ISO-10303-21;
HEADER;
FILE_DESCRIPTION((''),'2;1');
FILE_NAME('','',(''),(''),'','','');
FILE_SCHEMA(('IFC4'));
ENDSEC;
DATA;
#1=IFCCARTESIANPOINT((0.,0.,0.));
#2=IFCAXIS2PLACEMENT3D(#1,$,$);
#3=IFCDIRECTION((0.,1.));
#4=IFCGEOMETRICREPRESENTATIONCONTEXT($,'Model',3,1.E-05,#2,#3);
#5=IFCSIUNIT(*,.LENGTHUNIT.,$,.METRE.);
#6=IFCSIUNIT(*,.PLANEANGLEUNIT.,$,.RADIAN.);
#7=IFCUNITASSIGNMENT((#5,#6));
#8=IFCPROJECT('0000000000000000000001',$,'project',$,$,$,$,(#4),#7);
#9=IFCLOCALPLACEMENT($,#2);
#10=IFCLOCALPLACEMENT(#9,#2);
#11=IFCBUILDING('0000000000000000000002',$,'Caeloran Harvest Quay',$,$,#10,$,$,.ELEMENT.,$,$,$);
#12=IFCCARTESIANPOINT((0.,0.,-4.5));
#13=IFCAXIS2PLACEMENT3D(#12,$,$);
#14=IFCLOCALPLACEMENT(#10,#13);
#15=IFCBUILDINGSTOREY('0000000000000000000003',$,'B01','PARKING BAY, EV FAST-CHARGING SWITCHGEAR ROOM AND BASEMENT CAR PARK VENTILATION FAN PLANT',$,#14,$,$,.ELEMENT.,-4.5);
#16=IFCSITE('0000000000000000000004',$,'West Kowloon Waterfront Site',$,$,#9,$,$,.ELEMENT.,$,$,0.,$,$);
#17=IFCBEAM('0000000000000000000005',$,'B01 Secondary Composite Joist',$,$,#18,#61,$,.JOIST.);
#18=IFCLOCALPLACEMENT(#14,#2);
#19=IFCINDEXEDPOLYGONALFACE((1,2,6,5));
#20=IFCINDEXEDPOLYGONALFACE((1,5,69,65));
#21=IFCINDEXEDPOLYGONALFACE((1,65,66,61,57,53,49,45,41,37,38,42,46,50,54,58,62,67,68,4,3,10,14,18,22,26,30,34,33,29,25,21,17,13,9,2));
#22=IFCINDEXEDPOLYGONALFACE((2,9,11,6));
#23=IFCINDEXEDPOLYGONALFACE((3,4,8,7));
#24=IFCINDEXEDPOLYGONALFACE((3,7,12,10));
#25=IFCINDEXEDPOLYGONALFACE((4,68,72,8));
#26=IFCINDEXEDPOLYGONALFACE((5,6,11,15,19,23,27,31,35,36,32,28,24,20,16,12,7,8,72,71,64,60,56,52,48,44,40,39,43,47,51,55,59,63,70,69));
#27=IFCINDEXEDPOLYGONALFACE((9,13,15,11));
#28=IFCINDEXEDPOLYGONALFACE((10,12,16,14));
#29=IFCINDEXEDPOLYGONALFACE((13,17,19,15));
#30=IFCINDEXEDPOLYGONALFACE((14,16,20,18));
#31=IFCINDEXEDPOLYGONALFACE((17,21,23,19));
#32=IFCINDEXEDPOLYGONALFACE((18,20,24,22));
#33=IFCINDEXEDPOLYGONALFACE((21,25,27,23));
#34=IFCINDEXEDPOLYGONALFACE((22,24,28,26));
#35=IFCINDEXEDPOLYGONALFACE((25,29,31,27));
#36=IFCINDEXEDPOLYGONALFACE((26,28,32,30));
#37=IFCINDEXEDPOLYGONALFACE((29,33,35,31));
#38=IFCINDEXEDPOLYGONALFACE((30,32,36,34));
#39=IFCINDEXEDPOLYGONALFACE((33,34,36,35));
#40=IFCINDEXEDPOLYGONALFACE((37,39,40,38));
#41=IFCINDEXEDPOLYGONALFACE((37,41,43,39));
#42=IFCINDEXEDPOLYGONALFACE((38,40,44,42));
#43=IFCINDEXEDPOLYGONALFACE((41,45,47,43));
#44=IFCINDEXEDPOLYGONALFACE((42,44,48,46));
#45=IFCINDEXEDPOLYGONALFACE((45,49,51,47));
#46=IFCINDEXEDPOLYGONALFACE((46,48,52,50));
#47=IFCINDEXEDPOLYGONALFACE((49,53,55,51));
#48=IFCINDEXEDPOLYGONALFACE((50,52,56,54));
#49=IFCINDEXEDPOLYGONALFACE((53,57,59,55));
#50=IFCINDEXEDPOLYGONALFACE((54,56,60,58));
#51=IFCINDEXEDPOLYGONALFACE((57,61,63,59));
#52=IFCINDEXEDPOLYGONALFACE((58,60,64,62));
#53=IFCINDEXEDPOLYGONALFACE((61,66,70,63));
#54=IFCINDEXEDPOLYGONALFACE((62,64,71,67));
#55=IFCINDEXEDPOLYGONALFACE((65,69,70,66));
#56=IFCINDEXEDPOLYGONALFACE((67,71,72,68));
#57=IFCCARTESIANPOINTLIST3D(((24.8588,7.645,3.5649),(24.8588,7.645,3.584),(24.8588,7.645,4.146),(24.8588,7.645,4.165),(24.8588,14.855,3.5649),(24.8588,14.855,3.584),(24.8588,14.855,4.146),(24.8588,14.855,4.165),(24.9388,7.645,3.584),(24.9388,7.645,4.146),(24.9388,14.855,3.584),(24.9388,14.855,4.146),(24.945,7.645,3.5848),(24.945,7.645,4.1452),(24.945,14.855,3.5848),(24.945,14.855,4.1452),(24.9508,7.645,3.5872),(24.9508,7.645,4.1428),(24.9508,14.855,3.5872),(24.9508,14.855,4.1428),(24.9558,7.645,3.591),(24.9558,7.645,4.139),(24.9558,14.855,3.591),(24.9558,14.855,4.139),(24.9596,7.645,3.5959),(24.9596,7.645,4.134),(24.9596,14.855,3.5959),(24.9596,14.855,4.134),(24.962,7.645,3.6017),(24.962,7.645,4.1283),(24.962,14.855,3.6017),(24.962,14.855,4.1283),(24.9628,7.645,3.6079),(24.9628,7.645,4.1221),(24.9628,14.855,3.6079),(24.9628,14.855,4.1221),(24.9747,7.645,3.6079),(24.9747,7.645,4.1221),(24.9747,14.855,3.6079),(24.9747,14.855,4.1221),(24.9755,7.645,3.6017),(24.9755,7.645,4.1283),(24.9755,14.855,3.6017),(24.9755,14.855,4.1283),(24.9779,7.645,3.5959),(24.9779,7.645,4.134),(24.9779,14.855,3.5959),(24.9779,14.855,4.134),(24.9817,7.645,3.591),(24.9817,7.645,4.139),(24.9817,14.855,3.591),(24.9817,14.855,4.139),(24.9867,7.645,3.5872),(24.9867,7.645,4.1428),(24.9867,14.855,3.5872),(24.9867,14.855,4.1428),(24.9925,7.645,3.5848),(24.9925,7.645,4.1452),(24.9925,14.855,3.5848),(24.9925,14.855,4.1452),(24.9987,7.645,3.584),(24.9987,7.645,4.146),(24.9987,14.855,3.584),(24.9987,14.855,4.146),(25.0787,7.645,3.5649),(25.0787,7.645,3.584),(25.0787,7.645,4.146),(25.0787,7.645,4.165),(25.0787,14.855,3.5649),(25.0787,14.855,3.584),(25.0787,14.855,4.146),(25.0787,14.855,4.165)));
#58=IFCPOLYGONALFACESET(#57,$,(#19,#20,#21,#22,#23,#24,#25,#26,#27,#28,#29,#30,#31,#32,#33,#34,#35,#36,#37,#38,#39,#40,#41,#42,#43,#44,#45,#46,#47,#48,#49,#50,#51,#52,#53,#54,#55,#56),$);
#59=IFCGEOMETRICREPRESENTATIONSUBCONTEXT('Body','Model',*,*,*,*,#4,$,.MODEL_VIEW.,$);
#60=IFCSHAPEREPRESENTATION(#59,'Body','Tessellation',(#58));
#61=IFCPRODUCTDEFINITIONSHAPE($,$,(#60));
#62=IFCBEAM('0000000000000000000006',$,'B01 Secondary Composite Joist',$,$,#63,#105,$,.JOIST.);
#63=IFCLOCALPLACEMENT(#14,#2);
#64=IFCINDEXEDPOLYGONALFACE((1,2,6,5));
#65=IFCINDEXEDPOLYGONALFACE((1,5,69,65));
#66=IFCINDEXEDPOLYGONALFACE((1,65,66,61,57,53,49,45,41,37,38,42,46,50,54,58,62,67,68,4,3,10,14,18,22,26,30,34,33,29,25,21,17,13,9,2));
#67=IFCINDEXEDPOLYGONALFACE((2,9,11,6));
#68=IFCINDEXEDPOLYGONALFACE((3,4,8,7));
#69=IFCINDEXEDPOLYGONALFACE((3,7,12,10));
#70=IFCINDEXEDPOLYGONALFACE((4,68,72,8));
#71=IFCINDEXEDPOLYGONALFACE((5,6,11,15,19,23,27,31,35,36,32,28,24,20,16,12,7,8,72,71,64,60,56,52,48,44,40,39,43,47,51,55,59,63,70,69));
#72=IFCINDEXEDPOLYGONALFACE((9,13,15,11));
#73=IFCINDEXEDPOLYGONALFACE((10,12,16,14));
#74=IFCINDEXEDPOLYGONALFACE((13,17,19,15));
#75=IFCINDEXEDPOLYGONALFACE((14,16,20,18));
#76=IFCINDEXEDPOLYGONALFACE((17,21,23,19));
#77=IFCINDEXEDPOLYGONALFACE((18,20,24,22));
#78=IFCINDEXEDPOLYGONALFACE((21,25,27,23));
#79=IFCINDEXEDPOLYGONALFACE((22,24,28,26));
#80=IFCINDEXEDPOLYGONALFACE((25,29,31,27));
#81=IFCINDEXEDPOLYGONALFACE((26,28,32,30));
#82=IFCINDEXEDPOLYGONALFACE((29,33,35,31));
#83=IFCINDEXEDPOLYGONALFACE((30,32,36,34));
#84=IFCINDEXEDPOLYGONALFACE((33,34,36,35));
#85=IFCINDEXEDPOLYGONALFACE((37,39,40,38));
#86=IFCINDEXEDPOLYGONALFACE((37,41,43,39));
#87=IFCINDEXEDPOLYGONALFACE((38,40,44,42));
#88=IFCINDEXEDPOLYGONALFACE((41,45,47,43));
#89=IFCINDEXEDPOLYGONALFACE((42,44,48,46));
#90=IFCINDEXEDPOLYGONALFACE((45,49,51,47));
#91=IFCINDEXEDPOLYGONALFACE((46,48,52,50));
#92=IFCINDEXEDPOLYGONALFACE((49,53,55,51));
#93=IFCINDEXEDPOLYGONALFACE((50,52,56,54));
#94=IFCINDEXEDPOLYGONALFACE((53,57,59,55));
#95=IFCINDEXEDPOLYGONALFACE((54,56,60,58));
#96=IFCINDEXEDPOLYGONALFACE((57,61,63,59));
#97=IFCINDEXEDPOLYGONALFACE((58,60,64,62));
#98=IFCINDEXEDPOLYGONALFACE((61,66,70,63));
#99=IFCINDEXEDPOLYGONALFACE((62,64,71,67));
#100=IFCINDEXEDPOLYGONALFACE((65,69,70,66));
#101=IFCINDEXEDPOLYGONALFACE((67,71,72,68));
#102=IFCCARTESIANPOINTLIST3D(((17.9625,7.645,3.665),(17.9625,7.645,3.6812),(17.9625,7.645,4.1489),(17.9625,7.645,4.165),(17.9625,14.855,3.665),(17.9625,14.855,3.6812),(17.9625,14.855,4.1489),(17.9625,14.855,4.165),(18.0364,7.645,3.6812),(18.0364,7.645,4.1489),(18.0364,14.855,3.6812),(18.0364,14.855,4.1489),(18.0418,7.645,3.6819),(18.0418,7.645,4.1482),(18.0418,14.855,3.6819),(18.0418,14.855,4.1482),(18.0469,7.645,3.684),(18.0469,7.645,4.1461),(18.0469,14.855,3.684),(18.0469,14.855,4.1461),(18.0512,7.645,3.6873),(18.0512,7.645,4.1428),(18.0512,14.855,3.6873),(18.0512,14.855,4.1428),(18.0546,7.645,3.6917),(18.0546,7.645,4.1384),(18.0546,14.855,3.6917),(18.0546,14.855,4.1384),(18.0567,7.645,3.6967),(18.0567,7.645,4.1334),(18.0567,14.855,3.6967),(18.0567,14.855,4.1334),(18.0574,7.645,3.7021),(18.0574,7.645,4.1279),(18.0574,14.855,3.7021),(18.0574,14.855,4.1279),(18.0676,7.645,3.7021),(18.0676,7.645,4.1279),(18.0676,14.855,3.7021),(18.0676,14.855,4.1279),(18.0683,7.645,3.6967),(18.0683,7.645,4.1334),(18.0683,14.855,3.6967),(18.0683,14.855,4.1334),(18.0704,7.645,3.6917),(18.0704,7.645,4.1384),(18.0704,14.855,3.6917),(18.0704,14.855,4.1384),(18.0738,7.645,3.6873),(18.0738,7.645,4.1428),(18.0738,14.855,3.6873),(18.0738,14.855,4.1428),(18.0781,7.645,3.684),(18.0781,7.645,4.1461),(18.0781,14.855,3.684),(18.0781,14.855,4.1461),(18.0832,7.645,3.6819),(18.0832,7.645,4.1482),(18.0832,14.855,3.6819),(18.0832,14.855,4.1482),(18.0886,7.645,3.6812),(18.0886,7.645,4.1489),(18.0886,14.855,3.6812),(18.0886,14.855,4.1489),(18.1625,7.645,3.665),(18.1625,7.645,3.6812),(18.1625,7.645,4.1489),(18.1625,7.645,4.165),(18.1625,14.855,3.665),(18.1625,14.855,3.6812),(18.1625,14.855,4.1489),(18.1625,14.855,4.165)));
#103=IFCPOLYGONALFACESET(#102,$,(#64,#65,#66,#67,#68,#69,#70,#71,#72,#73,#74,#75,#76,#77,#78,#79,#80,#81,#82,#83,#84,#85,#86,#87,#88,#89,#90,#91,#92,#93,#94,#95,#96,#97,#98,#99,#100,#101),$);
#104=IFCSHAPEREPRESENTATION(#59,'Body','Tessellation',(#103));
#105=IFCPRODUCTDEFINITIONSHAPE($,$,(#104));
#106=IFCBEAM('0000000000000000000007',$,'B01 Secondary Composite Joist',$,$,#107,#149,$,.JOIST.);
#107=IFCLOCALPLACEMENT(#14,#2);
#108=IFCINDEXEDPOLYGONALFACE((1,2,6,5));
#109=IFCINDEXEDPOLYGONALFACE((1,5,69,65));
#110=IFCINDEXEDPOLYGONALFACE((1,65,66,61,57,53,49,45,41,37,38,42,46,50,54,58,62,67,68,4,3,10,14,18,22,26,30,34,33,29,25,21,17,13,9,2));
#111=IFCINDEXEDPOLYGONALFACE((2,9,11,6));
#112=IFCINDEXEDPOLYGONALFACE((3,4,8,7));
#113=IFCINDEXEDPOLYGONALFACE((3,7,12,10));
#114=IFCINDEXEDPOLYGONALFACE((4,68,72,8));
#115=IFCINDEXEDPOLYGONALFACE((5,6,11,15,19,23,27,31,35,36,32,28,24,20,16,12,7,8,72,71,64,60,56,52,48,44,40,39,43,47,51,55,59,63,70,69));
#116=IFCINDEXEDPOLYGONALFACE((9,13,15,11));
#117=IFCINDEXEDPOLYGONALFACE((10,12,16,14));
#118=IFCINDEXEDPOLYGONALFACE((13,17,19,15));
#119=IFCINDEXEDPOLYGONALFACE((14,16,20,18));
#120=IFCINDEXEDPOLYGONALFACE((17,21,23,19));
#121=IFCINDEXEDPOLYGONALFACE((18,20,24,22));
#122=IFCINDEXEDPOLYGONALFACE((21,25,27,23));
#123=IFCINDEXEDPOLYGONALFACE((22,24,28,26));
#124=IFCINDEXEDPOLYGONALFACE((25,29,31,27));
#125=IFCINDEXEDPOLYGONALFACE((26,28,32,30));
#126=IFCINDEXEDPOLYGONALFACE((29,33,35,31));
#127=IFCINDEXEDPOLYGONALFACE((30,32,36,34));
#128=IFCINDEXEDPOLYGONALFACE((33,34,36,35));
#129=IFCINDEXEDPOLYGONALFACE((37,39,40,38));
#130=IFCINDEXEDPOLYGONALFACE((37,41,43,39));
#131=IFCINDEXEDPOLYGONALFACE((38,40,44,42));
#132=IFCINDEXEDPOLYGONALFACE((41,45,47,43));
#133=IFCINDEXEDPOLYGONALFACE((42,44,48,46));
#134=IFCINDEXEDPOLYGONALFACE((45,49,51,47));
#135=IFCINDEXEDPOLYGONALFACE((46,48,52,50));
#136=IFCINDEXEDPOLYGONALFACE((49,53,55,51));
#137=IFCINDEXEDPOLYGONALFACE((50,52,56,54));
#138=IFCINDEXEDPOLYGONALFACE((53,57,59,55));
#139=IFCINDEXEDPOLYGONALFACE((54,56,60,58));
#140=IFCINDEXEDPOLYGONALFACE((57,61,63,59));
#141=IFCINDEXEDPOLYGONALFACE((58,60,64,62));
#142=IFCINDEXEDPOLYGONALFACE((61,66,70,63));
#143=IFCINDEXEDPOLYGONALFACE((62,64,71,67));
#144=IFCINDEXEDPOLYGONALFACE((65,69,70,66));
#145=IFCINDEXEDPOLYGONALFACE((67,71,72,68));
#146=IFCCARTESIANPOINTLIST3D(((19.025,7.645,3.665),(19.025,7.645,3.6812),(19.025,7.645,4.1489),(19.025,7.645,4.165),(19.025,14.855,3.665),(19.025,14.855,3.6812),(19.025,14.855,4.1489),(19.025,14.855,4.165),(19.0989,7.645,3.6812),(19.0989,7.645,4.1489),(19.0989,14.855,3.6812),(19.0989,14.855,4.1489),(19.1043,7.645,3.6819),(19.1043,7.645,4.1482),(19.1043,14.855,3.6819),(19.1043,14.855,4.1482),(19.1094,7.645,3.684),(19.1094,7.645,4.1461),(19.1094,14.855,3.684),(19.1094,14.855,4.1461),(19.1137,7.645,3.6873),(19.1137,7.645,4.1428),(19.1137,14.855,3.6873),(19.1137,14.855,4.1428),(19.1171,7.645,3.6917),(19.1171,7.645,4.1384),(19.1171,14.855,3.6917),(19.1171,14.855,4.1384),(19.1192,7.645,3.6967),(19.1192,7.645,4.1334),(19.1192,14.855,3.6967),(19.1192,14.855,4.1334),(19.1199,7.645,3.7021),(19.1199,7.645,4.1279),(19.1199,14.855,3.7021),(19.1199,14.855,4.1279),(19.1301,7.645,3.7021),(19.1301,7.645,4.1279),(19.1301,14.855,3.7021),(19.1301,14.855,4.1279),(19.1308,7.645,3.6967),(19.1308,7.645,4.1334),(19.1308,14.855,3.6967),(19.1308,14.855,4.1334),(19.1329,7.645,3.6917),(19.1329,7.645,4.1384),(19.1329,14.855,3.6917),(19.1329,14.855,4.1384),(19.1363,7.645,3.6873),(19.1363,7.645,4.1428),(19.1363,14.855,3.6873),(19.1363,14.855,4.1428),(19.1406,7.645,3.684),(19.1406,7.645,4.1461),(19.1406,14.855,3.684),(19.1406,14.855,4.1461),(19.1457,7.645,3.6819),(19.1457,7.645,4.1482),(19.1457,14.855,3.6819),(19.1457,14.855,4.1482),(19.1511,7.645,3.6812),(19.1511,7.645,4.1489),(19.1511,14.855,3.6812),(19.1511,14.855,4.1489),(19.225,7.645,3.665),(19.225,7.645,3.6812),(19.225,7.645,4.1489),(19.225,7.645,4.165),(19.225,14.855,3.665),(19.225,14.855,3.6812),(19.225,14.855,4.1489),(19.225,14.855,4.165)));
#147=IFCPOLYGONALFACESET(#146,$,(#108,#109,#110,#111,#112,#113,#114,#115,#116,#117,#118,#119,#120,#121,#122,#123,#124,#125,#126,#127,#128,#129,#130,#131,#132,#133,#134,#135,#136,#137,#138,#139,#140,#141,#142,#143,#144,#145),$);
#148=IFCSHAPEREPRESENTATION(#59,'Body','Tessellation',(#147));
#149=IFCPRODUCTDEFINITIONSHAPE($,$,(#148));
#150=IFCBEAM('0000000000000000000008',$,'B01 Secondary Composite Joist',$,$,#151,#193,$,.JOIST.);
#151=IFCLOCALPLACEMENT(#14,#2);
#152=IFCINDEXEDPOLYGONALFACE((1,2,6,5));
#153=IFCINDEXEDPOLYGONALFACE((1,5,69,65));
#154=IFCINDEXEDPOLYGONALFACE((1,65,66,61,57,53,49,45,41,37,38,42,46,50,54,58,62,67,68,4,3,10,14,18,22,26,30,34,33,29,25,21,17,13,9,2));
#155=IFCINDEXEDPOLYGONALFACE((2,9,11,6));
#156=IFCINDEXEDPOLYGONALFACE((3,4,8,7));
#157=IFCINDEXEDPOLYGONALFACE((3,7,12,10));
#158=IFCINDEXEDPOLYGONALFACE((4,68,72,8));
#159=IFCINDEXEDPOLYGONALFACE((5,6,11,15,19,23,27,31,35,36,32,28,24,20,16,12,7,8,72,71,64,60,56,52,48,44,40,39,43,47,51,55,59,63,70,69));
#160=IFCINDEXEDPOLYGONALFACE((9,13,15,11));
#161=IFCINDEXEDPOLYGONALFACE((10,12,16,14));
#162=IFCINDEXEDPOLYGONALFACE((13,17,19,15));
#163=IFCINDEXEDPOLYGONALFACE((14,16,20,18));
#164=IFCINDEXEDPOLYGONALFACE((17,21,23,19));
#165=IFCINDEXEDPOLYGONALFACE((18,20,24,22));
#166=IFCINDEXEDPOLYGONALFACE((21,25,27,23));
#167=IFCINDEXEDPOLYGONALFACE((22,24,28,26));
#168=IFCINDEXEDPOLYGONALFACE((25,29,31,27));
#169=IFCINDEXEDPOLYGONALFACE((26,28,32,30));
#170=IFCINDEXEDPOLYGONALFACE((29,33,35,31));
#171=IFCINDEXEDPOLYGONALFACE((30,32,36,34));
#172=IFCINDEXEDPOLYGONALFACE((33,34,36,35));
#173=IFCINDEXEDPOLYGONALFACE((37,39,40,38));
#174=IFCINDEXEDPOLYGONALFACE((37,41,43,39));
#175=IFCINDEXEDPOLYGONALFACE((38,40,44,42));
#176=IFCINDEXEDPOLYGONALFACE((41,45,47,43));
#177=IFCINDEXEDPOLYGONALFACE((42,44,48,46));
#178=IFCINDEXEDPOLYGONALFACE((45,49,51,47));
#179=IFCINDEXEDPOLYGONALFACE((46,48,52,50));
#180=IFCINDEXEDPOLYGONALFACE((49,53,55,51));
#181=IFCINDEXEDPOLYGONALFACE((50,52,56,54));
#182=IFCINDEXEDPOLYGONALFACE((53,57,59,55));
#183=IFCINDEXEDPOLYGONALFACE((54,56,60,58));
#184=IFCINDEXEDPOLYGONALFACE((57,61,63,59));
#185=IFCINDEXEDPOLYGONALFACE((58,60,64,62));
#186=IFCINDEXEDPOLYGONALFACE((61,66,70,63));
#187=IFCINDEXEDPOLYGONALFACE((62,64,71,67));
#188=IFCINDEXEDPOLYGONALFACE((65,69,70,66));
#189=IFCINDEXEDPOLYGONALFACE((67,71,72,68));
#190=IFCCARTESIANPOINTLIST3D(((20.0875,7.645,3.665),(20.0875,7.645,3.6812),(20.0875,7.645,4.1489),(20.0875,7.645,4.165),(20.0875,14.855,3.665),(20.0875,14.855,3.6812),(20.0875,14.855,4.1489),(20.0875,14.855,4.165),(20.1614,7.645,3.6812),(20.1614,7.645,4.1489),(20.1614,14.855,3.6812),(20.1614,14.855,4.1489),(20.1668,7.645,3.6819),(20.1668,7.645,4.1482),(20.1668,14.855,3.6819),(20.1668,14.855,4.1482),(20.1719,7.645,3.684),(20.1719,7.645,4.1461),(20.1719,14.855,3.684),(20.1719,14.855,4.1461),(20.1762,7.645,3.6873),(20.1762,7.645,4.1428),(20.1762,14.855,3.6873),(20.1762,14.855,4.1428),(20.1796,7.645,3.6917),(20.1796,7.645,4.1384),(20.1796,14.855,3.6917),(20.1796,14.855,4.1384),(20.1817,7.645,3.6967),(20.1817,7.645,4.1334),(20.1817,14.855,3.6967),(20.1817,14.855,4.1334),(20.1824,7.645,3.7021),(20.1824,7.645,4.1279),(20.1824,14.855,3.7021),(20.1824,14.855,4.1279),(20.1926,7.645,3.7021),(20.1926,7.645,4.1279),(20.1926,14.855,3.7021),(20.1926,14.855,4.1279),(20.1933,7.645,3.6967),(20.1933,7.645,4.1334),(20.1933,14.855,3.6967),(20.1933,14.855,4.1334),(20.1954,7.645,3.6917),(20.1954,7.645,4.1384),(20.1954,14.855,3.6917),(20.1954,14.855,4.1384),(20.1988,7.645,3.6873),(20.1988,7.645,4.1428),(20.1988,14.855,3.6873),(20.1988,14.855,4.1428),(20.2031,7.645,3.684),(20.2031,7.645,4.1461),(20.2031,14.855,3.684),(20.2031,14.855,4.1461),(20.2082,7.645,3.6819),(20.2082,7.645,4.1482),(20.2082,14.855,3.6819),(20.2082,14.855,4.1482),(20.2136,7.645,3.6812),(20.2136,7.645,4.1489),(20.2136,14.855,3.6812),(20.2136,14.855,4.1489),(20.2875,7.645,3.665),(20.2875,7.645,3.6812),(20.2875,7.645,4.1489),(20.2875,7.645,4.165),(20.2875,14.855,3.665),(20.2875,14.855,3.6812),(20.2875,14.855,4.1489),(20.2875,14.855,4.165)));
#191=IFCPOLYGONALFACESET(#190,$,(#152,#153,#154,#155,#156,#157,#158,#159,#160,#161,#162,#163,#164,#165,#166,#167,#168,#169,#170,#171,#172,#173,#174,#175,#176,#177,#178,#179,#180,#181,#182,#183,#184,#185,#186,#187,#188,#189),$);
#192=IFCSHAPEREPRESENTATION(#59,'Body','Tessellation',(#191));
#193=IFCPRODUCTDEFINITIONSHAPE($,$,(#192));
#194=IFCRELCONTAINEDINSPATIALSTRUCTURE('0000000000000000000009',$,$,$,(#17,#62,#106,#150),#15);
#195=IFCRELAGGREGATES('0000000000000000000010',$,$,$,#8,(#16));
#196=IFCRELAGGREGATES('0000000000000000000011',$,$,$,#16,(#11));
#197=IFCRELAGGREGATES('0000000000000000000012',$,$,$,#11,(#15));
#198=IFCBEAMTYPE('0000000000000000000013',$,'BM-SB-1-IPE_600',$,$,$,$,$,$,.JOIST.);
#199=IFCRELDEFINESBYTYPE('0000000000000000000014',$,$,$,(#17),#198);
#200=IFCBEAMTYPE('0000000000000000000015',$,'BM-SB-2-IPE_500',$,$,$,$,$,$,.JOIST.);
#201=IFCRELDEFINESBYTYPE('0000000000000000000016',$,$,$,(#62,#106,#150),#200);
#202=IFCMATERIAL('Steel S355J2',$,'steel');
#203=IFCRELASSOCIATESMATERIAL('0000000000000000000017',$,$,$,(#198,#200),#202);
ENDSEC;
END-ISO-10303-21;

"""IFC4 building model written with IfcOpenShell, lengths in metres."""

from ifc_helpers import new_model, si_unit, direction, frame, origin, origin_2d, place, context, subcontext, project, spatial, i_section, extrude, material, material_profile, profile_set, type_object, element, save


model = new_model("IFC4")

# Units and contexts
model_context = context("Model", 3, precision=1e-05, world=origin(), true_north=direction((0.0, 1.0)))
body_context = subcontext(model_context, "Body", "Model", "MODEL_VIEW")
ifc_project = project(units=[si_unit("LENGTHUNIT", "METRE"), si_unit("PLANEANGLEUNIT", "RADIAN")], contexts=[model_context])

# Site, building, storey
site_placement = place(None, origin())
site = spatial("IfcSite", under=ifc_project, at=site_placement, Name="West Kowloon Waterfront Site", CompositionType="ELEMENT", RefElevation=0.0)
building_placement = place(site_placement, origin())
building = spatial("IfcBuilding", under=site, at=building_placement, Name="Caeloran Harvest Quay", CompositionType="ELEMENT")
storey_placement = place(building_placement, frame((0.0, 0.0, -4.5)))
storey = spatial("IfcBuildingStorey", under=building, at=storey_placement, Name="B01", Description="PARKING BAY, EV FAST-CHARGING SWITCHGEAR ROOM AND BASEMENT CAR PARK VENTILATION FAN PLANT", CompositionType="ELEMENT", Elevation=-4.5)

# Beams
ifc_material_1 = material(Name="Steel S355J2", Category="steel")
ifc_material_profile_1 = material_profile(ifc_material_1, i_section(OverallWidth=0.22, OverallDepth=0.6001, WebThickness=0.012, FlangeThickness=0.019, FilletRadius=0.0239, at=origin_2d()), Name="IPE 600")
ifc_profile_set_1 = profile_set([ifc_material_profile_1], Name="Steel S355J2")
beam_type_1 = type_object("IfcBeamType", Name="BM-SB-1-IPE_600", PredefinedType="JOIST", material=ifc_profile_set_1)
for number, where, z_axis, x_axis, name in (
    (1, (24.9688, 7.645, 3.865), (0.0, 1.0, 0.0), (-1.0, 0.0, 0.0), "B01 Secondary Composite Joist"),
):
    element("IfcBeam", number, at=place(storey_placement, frame(where, z_axis=z_axis, x_axis=x_axis)), inside=storey, type_object=beam_type_1, Name=name, PredefinedType="JOIST", context=body_context, shape_type="SweptSolid", body=[
        extrude(i_section(OverallWidth=0.22, OverallDepth=0.6001, WebThickness=0.012, FlangeThickness=0.019, FilletRadius=0.0239, at=origin_2d()), origin(), (0.0, 0.0, 1.0), 7.21),
    ])
ifc_material_profile_2 = material_profile(ifc_material_1, i_section(OverallWidth=0.2, OverallDepth=0.5, WebThickness=0.0103, FlangeThickness=0.0161, FilletRadius=0.021, at=origin_2d()), Name="IPE 500")
ifc_profile_set_2 = profile_set([ifc_material_profile_2], Name="Steel S355J2")
beam_type_2 = type_object("IfcBeamType", Name="BM-SB-2-IPE_500", PredefinedType="JOIST", material=ifc_profile_set_2)
for number, where, z_axis, x_axis, name in (
    (2, (18.0625, 7.645, 3.915), (0.0, 1.0, 0.0), (-1.0, 0.0, 0.0), "B01 Secondary Composite Joist"),
    (3, (19.125, 7.645, 3.915), (0.0, 1.0, 0.0), (-1.0, 0.0, 0.0), "B01 Secondary Composite Joist"),
    (4, (20.1875, 7.645, 3.915), (0.0, 1.0, 0.0), (-1.0, 0.0, 0.0), "B01 Secondary Composite Joist"),
):
    element("IfcBeam", number, at=place(storey_placement, frame(where, z_axis=z_axis, x_axis=x_axis)), inside=storey, type_object=beam_type_2, Name=name, PredefinedType="JOIST", context=body_context, shape_type="SweptSolid", body=[
        extrude(i_section(OverallWidth=0.2, OverallDepth=0.5, WebThickness=0.0103, FlangeThickness=0.0161, FilletRadius=0.021, at=origin_2d()), origin(), (0.0, 0.0, 1.0), 7.21),
    ])

save(model, "model.ifc")
